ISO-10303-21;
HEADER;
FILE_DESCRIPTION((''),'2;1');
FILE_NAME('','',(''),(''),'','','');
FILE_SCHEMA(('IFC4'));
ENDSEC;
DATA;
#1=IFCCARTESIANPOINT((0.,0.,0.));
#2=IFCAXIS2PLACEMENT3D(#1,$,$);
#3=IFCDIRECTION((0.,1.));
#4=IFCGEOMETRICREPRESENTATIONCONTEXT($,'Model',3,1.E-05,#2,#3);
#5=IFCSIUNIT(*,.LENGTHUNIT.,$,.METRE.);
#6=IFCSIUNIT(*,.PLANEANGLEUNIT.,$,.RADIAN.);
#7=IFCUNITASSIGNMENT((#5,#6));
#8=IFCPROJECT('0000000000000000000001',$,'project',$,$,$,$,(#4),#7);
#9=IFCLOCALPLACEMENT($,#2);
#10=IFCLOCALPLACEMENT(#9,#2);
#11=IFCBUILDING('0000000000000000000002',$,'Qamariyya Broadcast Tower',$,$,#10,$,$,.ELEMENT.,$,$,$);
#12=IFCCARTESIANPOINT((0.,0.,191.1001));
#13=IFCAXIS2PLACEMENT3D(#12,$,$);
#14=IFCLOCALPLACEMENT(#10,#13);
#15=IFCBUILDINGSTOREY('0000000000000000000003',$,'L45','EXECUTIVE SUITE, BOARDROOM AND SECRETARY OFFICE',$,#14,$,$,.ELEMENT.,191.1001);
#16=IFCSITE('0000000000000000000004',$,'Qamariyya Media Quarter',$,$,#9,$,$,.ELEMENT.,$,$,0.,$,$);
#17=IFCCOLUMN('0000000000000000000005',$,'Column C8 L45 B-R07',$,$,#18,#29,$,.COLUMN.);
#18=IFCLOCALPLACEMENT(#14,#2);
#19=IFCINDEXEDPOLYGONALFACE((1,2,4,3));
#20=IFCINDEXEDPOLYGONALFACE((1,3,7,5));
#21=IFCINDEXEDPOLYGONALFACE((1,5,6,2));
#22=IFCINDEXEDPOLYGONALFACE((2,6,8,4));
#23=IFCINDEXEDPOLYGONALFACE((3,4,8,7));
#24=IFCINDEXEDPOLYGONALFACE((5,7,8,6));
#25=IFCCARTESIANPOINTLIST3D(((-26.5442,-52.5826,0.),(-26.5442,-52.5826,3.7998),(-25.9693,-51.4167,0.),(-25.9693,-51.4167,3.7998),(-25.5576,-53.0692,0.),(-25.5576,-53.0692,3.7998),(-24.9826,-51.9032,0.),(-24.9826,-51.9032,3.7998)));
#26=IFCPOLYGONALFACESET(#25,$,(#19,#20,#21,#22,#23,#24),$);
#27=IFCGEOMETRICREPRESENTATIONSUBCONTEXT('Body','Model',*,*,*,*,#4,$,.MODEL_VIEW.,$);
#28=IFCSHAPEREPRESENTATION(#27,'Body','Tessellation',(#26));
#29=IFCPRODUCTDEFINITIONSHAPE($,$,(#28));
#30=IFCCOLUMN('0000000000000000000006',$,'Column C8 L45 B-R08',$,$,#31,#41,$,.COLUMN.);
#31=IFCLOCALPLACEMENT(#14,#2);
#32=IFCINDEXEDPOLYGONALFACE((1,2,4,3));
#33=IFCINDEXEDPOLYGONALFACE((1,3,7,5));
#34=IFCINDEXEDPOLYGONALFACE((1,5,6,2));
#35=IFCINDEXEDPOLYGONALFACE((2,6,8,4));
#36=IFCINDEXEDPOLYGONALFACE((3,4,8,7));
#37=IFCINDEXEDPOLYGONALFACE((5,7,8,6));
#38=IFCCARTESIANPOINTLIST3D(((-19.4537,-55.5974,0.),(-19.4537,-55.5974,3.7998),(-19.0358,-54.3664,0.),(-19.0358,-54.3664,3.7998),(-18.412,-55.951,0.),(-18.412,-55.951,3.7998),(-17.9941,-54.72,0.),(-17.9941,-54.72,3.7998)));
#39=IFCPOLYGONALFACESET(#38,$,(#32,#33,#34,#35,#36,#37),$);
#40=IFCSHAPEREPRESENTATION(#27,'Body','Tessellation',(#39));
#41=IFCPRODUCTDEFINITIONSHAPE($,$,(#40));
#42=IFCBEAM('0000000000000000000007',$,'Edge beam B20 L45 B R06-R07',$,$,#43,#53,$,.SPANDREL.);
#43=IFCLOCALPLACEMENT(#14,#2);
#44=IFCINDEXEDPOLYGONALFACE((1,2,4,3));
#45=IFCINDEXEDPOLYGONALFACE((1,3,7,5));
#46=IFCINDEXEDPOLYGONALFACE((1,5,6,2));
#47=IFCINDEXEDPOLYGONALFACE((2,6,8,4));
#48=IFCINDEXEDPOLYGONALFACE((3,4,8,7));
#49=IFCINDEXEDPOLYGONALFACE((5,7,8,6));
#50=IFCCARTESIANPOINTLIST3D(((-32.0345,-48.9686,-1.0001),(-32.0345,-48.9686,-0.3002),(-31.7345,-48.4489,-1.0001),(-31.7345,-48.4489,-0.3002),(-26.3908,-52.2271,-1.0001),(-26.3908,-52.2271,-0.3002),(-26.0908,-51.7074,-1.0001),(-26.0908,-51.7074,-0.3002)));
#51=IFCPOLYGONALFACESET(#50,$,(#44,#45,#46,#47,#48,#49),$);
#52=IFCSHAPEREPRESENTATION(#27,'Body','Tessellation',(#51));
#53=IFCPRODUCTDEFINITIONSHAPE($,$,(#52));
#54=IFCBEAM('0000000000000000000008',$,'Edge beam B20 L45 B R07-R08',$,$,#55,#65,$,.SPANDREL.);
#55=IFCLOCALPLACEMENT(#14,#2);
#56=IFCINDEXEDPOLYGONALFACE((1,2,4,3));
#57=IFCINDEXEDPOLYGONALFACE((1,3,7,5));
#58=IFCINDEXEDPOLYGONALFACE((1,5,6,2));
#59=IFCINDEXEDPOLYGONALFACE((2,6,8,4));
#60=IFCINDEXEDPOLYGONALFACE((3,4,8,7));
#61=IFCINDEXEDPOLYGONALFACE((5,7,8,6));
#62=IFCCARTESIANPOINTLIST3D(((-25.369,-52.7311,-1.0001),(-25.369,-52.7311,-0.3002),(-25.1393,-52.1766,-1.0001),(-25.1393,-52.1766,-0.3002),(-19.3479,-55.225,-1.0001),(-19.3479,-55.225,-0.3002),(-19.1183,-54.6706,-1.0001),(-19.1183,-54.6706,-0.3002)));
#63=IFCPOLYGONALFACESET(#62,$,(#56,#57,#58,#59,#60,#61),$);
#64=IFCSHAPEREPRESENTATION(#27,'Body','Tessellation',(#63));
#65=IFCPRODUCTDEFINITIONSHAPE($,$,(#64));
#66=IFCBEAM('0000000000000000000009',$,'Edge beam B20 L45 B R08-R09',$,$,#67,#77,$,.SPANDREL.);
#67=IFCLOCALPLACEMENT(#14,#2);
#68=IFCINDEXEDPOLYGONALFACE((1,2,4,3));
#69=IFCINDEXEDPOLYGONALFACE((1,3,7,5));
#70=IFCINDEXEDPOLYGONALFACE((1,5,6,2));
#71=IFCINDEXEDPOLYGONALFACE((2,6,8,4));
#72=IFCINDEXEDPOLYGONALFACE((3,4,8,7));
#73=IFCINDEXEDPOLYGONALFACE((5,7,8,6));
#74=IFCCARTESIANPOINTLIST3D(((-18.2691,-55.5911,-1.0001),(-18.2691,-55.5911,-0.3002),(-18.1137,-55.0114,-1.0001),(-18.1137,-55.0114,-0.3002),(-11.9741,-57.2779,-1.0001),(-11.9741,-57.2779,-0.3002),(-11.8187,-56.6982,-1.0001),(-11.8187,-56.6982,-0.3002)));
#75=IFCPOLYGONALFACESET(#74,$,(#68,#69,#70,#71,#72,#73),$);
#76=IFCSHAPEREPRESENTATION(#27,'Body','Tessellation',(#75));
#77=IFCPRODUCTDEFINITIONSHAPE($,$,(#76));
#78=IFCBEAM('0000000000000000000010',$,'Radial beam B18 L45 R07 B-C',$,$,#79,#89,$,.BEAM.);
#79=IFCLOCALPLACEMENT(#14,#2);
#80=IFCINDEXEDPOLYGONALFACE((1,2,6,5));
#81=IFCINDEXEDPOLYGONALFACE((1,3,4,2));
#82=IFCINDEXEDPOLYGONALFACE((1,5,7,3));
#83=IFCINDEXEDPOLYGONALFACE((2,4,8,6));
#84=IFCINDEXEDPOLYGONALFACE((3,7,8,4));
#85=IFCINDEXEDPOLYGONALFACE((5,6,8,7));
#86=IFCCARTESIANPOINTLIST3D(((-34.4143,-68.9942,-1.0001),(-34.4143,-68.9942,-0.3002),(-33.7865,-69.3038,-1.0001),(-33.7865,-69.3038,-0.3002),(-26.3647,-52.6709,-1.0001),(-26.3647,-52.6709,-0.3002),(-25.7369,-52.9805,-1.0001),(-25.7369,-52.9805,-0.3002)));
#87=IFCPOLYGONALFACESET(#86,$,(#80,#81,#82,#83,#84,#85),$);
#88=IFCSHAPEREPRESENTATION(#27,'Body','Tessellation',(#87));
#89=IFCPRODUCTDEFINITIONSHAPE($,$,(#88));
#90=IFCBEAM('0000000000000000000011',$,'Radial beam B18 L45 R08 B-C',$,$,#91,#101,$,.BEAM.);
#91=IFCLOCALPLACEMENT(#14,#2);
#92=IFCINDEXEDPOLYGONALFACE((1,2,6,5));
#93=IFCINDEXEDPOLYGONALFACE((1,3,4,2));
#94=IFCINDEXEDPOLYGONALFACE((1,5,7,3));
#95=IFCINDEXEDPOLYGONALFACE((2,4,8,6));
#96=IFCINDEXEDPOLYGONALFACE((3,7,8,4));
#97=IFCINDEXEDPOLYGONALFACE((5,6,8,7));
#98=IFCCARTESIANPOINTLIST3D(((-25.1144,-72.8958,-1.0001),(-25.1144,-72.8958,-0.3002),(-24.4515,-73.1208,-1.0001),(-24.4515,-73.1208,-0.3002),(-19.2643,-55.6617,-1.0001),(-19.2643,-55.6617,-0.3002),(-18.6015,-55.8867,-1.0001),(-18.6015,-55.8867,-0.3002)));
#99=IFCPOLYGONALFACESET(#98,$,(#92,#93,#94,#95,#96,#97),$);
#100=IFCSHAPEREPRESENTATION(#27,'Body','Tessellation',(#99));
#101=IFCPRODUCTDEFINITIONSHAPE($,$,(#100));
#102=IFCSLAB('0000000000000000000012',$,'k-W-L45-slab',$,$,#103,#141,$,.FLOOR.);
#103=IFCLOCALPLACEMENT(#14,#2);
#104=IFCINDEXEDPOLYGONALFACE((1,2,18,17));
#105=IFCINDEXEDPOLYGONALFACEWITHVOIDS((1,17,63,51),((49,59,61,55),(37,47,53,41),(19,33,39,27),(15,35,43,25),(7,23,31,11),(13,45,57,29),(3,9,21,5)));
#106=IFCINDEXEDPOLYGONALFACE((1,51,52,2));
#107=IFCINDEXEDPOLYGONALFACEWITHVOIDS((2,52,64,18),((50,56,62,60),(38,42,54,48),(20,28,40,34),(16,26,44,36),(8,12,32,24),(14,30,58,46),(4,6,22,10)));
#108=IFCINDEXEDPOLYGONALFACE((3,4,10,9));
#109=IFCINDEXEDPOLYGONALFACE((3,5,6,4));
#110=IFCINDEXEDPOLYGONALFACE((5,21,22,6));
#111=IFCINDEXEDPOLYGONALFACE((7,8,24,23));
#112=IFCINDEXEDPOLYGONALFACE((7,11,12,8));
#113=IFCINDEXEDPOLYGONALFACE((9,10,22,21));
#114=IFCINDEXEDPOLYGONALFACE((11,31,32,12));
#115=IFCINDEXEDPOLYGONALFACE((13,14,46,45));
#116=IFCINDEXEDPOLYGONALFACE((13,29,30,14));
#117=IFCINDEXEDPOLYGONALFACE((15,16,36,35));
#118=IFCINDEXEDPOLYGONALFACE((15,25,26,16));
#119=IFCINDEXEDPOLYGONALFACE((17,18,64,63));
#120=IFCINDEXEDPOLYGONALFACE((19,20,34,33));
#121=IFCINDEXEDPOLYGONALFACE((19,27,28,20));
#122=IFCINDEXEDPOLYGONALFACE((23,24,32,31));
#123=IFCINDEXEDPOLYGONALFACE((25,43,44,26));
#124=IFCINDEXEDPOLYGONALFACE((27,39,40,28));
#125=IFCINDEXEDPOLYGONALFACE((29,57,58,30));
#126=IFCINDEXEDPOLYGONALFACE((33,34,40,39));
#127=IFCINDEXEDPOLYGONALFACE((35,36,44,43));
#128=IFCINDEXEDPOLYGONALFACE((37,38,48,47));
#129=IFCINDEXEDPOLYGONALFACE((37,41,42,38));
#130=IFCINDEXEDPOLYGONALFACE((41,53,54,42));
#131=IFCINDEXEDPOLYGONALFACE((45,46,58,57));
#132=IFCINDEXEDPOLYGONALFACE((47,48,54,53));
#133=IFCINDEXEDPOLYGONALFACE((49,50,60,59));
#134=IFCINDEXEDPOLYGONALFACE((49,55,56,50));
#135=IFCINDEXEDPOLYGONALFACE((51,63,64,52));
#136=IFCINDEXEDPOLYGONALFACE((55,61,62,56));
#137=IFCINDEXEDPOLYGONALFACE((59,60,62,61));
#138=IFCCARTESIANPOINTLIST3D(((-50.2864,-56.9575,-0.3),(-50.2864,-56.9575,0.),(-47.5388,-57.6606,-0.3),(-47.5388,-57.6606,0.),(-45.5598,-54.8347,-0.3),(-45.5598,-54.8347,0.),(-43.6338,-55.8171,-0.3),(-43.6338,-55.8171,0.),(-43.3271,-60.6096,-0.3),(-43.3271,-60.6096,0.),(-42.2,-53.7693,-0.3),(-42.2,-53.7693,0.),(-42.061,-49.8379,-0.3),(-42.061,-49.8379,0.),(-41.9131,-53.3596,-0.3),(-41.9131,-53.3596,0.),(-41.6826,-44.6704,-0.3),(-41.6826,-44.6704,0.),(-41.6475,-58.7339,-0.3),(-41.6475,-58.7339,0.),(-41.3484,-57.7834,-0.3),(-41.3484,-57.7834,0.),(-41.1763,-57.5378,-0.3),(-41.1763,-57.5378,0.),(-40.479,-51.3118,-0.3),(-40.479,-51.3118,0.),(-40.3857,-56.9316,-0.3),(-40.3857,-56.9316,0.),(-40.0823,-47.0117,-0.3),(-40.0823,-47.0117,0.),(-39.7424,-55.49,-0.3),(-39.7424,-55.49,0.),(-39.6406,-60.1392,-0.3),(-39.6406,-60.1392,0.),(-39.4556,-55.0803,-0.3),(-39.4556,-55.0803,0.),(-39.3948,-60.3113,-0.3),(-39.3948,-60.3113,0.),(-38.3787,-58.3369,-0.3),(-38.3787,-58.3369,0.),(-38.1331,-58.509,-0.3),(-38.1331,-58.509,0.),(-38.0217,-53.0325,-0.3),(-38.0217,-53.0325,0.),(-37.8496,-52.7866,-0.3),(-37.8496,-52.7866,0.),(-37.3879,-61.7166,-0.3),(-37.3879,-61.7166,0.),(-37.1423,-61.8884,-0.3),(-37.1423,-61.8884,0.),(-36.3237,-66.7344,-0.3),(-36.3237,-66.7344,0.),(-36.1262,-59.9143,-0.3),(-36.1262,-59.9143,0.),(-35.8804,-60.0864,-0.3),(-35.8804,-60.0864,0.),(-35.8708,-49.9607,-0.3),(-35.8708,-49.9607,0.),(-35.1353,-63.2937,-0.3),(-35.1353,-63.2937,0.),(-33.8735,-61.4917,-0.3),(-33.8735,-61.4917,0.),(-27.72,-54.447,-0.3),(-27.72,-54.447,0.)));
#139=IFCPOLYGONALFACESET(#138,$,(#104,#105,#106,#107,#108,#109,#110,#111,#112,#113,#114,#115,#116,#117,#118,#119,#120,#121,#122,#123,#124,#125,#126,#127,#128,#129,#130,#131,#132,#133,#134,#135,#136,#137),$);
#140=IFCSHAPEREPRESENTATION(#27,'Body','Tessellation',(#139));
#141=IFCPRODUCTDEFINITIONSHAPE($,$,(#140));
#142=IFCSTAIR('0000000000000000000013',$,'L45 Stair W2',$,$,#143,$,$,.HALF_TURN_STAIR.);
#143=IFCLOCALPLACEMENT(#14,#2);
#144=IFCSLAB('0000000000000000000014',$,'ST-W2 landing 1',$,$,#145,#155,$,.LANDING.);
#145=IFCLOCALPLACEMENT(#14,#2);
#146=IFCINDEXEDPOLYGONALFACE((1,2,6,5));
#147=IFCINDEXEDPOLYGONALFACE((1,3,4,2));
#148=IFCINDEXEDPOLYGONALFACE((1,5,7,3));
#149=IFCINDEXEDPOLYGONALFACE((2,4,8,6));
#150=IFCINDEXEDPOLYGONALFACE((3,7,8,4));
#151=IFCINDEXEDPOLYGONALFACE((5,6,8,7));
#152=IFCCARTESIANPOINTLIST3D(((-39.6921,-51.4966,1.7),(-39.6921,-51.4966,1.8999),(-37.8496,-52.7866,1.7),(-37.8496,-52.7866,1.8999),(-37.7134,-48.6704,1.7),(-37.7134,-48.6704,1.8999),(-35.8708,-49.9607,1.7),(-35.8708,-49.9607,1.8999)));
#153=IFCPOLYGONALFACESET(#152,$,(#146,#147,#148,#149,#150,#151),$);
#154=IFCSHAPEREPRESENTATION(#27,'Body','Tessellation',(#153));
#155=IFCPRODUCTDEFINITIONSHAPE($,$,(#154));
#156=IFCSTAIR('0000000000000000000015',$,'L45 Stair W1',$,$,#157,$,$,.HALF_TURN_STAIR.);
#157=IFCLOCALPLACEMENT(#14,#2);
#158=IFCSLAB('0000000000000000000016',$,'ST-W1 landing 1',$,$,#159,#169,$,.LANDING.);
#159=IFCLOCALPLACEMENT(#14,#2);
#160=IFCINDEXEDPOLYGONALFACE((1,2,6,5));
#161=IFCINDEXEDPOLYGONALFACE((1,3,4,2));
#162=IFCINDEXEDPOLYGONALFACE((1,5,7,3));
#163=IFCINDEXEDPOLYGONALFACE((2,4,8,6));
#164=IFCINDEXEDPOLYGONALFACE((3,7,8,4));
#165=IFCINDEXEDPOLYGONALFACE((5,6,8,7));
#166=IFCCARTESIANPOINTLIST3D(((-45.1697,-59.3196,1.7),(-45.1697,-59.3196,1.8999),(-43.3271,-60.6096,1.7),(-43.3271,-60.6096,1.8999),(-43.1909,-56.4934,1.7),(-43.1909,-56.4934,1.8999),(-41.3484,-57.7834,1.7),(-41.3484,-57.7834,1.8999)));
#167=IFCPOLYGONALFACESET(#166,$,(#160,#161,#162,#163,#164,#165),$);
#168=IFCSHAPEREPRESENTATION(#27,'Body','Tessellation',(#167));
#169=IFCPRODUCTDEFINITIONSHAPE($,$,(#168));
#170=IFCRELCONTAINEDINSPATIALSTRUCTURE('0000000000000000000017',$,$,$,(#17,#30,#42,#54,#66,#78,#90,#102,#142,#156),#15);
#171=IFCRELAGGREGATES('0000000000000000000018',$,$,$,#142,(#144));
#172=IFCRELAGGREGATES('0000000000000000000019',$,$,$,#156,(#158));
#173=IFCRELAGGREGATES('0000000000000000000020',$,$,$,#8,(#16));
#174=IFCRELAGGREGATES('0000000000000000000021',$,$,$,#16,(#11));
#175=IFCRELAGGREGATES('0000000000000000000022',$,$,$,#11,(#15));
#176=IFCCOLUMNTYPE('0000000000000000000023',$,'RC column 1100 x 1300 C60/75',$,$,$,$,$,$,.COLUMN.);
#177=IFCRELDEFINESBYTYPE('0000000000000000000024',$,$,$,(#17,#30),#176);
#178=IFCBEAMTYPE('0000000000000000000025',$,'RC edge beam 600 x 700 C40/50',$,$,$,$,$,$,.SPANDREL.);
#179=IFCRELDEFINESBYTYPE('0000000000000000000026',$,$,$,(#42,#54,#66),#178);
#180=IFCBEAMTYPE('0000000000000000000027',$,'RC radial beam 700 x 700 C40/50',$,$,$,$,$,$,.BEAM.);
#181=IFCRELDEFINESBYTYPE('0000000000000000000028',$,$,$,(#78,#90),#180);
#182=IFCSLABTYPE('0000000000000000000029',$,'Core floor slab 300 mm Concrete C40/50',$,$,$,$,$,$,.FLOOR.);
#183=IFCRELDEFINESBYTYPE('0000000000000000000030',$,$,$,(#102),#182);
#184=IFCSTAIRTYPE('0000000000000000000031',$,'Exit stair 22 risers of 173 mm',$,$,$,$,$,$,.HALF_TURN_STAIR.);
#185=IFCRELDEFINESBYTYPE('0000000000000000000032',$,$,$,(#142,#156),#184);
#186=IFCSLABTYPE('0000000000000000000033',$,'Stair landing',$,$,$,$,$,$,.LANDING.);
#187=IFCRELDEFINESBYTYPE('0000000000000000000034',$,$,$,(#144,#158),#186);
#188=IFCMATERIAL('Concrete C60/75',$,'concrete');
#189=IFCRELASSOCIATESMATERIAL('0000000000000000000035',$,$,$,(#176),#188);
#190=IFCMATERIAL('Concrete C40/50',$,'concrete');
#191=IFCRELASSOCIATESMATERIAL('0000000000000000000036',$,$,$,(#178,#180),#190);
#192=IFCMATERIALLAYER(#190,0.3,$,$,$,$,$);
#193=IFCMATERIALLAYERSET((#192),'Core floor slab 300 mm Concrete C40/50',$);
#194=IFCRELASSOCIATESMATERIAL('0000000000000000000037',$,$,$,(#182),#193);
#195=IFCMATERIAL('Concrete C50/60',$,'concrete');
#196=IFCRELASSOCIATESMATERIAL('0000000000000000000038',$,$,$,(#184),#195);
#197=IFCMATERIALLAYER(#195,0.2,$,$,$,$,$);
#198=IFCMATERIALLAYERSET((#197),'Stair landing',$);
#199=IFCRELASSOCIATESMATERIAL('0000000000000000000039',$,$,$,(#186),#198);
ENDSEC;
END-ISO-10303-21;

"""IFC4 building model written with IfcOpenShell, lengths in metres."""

from ifc_helpers import new_model, si_unit, direction, frame, origin, origin_2d, place, context, subcontext, project, spatial, polyline, rectangle, outline, extrude, material, layer, layer_set, material_profile, profile_set, type_object, element, aggregate, save


model = new_model("IFC4")

# Units and contexts
model_context = context("Model", 3, precision=1e-05, world=origin(), true_north=direction((0.0, 1.0)))
body_context = subcontext(model_context, "Body", "Model", "MODEL_VIEW")
ifc_project = project(units=[si_unit("LENGTHUNIT", "METRE"), si_unit("PLANEANGLEUNIT", "RADIAN")], contexts=[model_context])

# Site, building, storey
site_placement = place(None, origin())
site = spatial("IfcSite", under=ifc_project, at=site_placement, Name="Qamariyya Media Quarter", CompositionType="ELEMENT", RefElevation=0.0)
building_placement = place(site_placement, origin())
building = spatial("IfcBuilding", under=site, at=building_placement, Name="Qamariyya Broadcast Tower", CompositionType="ELEMENT")
storey_placement = place(building_placement, frame((0.0, 0.0, 191.1001)))
storey = spatial("IfcBuildingStorey", under=building, at=storey_placement, Name="L45", Description="EXECUTIVE SUITE, BOARDROOM AND SECRETARY OFFICE", CompositionType="ELEMENT", Elevation=191.1001)

# Columns
ifc_material_1 = material(Name="Concrete C60/75", Category="concrete")
ifc_material_profile_1 = material_profile(ifc_material_1, rectangle(XDim=1.1001, YDim=1.3, at=origin_2d()))
ifc_profile_set_1 = profile_set([ifc_material_profile_1], Name="Concrete C60/75")
column_type = type_object("IfcColumnType", Name="RC column 1100 x 1300 C60/75", PredefinedType="COLUMN", material=ifc_profile_set_1)
for number, where, z_axis, x_axis, name in (
    (1, (-25.7634, -52.2429, 0.0), (0.0, 0.0, 1.0), (0.896873, -0.442289, 0.0), "Column C8 L45 B-R07"),
    (2, (-18.7239, -55.1587, 0.0), (0.0, 0.0, 1.0), (0.94693, -0.321439, 0.0), "Column C8 L45 B-R08"),
):
    element("IfcColumn", number, at=place(storey_placement, frame(where, z_axis=z_axis, x_axis=x_axis)), inside=storey, type_object=column_type, Name=name, PredefinedType="COLUMN", context=body_context, shape_type="SweptSolid", body=[
        extrude(rectangle(XDim=1.1001, YDim=1.3, at=origin_2d()), origin(), (0.0, 0.0, 1.0), 3.7998),
    ])

# Beams
ifc_material_2 = material(Name="Concrete C40/50", Category="concrete")
ifc_material_profile_2 = material_profile(ifc_material_2, rectangle(XDim=0.6001, YDim=0.7, at=origin_2d()))
ifc_profile_set_2 = profile_set([ifc_material_profile_2], Name="Concrete C40/50")
beam_type_1 = type_object("IfcBeamType", Name="RC edge beam 600 x 700 C40/50", PredefinedType="SPANDREL", material=ifc_profile_set_2)
beam_1_placement = place(storey_placement, frame((-31.8845, -48.7087, -0.6501), z_axis=(0.866019, -0.500011, 0.0), x_axis=(0.500011, 0.866019, 0.0)))
element("IfcBeam", 3, at=beam_1_placement, inside=storey, type_object=beam_type_1, Name="Edge beam B20 L45 B R06-R07", PredefinedType="SPANDREL", context=body_context, shape_type="SweptSolid", body=[
    extrude(rectangle(XDim=0.6001, YDim=0.7, at=origin_2d()), origin(), (0.0, 0.0, 1.0), 6.5168),
])
for number, where, z_axis, x_axis, name in (
    (4, (-25.2542, -52.4539, -0.6501), (0.923884, -0.382673, 0.0), (0.382673, 0.923884, 0.0), "Edge beam B20 L45 B R07-R08"),
    (5, (-18.1914, -55.3013, -0.6501), (0.965924, -0.258826, 0.0), (0.258826, 0.965924, 0.0), "Edge beam B20 L45 B R08-R09"),
):
    element("IfcBeam", number, at=place(storey_placement, frame(where, z_axis=z_axis, x_axis=x_axis)), inside=storey, type_object=beam_type_1, Name=name, PredefinedType="SPANDREL", context=body_context, shape_type="SweptSolid", body=[
        extrude(rectangle(XDim=0.6001, YDim=0.7, at=origin_2d()), origin(), (0.0, 0.0, 1.0), 6.5171),
    ])
ifc_material_profile_3 = material_profile(ifc_material_2, rectangle(XDim=0.7, YDim=0.7, at=origin_2d()))
ifc_profile_set_3 = profile_set([ifc_material_profile_3], Name="Concrete C40/50")
beam_type_2 = type_object("IfcBeamType", Name="RC radial beam 700 x 700 C40/50", PredefinedType="BEAM", material=ifc_profile_set_3)
beam_2_placement = place(storey_placement, frame((-26.0508, -52.8257, -0.6501), z_axis=(-0.442281, -0.896876, 0.0), x_axis=(0.896876, -0.442281, 0.0)))
element("IfcBeam", 6, at=beam_2_placement, inside=storey, type_object=beam_type_2, Name="Radial beam B18 L45 R07 B-C", PredefinedType="BEAM", context=body_context, shape_type="SweptSolid", body=[
    extrude(rectangle(XDim=0.7, YDim=0.7, at=origin_2d()), origin(), (0.0, 0.0, 1.0), 18.2002),
])
beam_3_placement = place(storey_placement, frame((-18.9329, -55.7742, -0.6501), z_axis=(-0.321434, -0.946932, 0.0), x_axis=(0.946932, -0.321434, 0.0)))
element("IfcBeam", 7, at=beam_3_placement, inside=storey, type_object=beam_type_2, Name="Radial beam B18 L45 R08 B-C", PredefinedType="BEAM", context=body_context, shape_type="SweptSolid", body=[
    extrude(rectangle(XDim=0.7, YDim=0.7, at=origin_2d()), origin(), (0.0, 0.0, 1.0), 18.2),
])

# Slab
ifc_layer_1 = layer(ifc_material_2, 0.3)
ifc_layer_set_1 = layer_set([ifc_layer_1], Name="Core floor slab 300 mm Concrete C40/50")
slab_type_1 = type_object("IfcSlabType", Name="Core floor slab 300 mm Concrete C40/50", PredefinedType="FLOOR", material=ifc_layer_set_1)
slab_1_placement = place(storey_placement, frame((0.0, 0.0, -0.3)))
element("IfcSlab", 8, at=slab_1_placement, inside=storey, type_object=slab_type_1, Name="k-W-L45-slab", PredefinedType="FLOOR", context=body_context, shape_type="SweptSolid", body=[
    extrude(outline(polyline([(-50.2864, -56.9575), (-36.3237, -66.7344), (-27.72, -54.447), (-41.6826, -44.6704), (-50.2864, -56.9575)]), holes=[polyline([(-33.8735, -61.4917), (-35.8804, -60.0864), (-37.1423, -61.8884), (-35.1353, -63.2937), (-33.8735, -61.4917)]), polyline([(-36.1262, -59.9143), (-38.1331, -58.509), (-39.3948, -60.3113), (-37.3879, -61.7166), (-36.1262, -59.9143)]), polyline([(-38.3787, -58.3369), (-40.3857, -56.9316), (-41.6475, -58.7339), (-39.6406, -60.1392), (-38.3787, -58.3369)]), polyline([(-39.7424, -55.49), (-42.2, -53.7693), (-43.6338, -55.8171), (-41.1763, -57.5378), (-39.7424, -55.49)]), polyline([(-39.4556, -55.0803), (-41.9131, -53.3596), (-40.479, -51.3118), (-38.0217, -53.0325), (-39.4556, -55.0803)]), polyline([(-42.061, -49.8379), (-37.8496, -52.7866), (-35.8708, -49.9607), (-40.0823, -47.0117), (-42.061, -49.8379)]), polyline([(-47.5388, -57.6606), (-43.3271, -60.6096), (-41.3484, -57.7834), (-45.5598, -54.8347), (-47.5388, -57.6606)])]), origin(), (0.0, 0.0, 1.0), 0.3),
])

# Stairs, slabs
ifc_material_3 = material(Name="Concrete C50/60", Category="concrete")
stair_type = type_object("IfcStairType", Name="Exit stair 22 risers of 173 mm", PredefinedType="HALF_TURN_STAIR", material=ifc_material_3)
stair_1_placement = place(storey_placement, origin())
stair_1 = element("IfcStair", 9, at=stair_1_placement, inside=storey, type_object=stair_type, Name="L45 Stair W2", PredefinedType="HALF_TURN_STAIR")
ifc_layer_2 = layer(ifc_material_3, 0.2)
ifc_layer_set_2 = layer_set([ifc_layer_2], Name="Stair landing")
slab_type_2 = type_object("IfcSlabType", Name="Stair landing", PredefinedType="LANDING", material=ifc_layer_set_2)
slab_2_placement = place(storey_placement, frame((0.0, 0.0, 1.7)))
slab_2 = element("IfcSlab", 10, at=slab_2_placement, type_object=slab_type_2, Name="ST-W2 landing 1", PredefinedType="LANDING", context=body_context, shape_type="SweptSolid", body=[
    extrude(outline(polyline([(-39.6921, -51.4966), (-37.8496, -52.7866), (-35.8708, -49.9607), (-37.7134, -48.6704), (-39.6921, -51.4966)])), origin(), (0.0, 0.0, 1.0), 0.2),
])
aggregate(stair_1, [slab_2])
stair_2_placement = place(storey_placement, origin())
stair_2 = element("IfcStair", 11, at=stair_2_placement, inside=storey, type_object=stair_type, Name="L45 Stair W1", PredefinedType="HALF_TURN_STAIR")
slab_3_placement = place(storey_placement, frame((0.0, 0.0, 1.7)))
slab_3 = element("IfcSlab", 12, at=slab_3_placement, type_object=slab_type_2, Name="ST-W1 landing 1", PredefinedType="LANDING", context=body_context, shape_type="SweptSolid", body=[
    extrude(outline(polyline([(-45.1697, -59.3196), (-43.3271, -60.6096), (-41.3484, -57.7834), (-43.1909, -56.4934), (-45.1697, -59.3196)])), origin(), (0.0, 0.0, 1.0), 0.2),
])
aggregate(stair_2, [slab_3])

save(model, "model.ifc")
